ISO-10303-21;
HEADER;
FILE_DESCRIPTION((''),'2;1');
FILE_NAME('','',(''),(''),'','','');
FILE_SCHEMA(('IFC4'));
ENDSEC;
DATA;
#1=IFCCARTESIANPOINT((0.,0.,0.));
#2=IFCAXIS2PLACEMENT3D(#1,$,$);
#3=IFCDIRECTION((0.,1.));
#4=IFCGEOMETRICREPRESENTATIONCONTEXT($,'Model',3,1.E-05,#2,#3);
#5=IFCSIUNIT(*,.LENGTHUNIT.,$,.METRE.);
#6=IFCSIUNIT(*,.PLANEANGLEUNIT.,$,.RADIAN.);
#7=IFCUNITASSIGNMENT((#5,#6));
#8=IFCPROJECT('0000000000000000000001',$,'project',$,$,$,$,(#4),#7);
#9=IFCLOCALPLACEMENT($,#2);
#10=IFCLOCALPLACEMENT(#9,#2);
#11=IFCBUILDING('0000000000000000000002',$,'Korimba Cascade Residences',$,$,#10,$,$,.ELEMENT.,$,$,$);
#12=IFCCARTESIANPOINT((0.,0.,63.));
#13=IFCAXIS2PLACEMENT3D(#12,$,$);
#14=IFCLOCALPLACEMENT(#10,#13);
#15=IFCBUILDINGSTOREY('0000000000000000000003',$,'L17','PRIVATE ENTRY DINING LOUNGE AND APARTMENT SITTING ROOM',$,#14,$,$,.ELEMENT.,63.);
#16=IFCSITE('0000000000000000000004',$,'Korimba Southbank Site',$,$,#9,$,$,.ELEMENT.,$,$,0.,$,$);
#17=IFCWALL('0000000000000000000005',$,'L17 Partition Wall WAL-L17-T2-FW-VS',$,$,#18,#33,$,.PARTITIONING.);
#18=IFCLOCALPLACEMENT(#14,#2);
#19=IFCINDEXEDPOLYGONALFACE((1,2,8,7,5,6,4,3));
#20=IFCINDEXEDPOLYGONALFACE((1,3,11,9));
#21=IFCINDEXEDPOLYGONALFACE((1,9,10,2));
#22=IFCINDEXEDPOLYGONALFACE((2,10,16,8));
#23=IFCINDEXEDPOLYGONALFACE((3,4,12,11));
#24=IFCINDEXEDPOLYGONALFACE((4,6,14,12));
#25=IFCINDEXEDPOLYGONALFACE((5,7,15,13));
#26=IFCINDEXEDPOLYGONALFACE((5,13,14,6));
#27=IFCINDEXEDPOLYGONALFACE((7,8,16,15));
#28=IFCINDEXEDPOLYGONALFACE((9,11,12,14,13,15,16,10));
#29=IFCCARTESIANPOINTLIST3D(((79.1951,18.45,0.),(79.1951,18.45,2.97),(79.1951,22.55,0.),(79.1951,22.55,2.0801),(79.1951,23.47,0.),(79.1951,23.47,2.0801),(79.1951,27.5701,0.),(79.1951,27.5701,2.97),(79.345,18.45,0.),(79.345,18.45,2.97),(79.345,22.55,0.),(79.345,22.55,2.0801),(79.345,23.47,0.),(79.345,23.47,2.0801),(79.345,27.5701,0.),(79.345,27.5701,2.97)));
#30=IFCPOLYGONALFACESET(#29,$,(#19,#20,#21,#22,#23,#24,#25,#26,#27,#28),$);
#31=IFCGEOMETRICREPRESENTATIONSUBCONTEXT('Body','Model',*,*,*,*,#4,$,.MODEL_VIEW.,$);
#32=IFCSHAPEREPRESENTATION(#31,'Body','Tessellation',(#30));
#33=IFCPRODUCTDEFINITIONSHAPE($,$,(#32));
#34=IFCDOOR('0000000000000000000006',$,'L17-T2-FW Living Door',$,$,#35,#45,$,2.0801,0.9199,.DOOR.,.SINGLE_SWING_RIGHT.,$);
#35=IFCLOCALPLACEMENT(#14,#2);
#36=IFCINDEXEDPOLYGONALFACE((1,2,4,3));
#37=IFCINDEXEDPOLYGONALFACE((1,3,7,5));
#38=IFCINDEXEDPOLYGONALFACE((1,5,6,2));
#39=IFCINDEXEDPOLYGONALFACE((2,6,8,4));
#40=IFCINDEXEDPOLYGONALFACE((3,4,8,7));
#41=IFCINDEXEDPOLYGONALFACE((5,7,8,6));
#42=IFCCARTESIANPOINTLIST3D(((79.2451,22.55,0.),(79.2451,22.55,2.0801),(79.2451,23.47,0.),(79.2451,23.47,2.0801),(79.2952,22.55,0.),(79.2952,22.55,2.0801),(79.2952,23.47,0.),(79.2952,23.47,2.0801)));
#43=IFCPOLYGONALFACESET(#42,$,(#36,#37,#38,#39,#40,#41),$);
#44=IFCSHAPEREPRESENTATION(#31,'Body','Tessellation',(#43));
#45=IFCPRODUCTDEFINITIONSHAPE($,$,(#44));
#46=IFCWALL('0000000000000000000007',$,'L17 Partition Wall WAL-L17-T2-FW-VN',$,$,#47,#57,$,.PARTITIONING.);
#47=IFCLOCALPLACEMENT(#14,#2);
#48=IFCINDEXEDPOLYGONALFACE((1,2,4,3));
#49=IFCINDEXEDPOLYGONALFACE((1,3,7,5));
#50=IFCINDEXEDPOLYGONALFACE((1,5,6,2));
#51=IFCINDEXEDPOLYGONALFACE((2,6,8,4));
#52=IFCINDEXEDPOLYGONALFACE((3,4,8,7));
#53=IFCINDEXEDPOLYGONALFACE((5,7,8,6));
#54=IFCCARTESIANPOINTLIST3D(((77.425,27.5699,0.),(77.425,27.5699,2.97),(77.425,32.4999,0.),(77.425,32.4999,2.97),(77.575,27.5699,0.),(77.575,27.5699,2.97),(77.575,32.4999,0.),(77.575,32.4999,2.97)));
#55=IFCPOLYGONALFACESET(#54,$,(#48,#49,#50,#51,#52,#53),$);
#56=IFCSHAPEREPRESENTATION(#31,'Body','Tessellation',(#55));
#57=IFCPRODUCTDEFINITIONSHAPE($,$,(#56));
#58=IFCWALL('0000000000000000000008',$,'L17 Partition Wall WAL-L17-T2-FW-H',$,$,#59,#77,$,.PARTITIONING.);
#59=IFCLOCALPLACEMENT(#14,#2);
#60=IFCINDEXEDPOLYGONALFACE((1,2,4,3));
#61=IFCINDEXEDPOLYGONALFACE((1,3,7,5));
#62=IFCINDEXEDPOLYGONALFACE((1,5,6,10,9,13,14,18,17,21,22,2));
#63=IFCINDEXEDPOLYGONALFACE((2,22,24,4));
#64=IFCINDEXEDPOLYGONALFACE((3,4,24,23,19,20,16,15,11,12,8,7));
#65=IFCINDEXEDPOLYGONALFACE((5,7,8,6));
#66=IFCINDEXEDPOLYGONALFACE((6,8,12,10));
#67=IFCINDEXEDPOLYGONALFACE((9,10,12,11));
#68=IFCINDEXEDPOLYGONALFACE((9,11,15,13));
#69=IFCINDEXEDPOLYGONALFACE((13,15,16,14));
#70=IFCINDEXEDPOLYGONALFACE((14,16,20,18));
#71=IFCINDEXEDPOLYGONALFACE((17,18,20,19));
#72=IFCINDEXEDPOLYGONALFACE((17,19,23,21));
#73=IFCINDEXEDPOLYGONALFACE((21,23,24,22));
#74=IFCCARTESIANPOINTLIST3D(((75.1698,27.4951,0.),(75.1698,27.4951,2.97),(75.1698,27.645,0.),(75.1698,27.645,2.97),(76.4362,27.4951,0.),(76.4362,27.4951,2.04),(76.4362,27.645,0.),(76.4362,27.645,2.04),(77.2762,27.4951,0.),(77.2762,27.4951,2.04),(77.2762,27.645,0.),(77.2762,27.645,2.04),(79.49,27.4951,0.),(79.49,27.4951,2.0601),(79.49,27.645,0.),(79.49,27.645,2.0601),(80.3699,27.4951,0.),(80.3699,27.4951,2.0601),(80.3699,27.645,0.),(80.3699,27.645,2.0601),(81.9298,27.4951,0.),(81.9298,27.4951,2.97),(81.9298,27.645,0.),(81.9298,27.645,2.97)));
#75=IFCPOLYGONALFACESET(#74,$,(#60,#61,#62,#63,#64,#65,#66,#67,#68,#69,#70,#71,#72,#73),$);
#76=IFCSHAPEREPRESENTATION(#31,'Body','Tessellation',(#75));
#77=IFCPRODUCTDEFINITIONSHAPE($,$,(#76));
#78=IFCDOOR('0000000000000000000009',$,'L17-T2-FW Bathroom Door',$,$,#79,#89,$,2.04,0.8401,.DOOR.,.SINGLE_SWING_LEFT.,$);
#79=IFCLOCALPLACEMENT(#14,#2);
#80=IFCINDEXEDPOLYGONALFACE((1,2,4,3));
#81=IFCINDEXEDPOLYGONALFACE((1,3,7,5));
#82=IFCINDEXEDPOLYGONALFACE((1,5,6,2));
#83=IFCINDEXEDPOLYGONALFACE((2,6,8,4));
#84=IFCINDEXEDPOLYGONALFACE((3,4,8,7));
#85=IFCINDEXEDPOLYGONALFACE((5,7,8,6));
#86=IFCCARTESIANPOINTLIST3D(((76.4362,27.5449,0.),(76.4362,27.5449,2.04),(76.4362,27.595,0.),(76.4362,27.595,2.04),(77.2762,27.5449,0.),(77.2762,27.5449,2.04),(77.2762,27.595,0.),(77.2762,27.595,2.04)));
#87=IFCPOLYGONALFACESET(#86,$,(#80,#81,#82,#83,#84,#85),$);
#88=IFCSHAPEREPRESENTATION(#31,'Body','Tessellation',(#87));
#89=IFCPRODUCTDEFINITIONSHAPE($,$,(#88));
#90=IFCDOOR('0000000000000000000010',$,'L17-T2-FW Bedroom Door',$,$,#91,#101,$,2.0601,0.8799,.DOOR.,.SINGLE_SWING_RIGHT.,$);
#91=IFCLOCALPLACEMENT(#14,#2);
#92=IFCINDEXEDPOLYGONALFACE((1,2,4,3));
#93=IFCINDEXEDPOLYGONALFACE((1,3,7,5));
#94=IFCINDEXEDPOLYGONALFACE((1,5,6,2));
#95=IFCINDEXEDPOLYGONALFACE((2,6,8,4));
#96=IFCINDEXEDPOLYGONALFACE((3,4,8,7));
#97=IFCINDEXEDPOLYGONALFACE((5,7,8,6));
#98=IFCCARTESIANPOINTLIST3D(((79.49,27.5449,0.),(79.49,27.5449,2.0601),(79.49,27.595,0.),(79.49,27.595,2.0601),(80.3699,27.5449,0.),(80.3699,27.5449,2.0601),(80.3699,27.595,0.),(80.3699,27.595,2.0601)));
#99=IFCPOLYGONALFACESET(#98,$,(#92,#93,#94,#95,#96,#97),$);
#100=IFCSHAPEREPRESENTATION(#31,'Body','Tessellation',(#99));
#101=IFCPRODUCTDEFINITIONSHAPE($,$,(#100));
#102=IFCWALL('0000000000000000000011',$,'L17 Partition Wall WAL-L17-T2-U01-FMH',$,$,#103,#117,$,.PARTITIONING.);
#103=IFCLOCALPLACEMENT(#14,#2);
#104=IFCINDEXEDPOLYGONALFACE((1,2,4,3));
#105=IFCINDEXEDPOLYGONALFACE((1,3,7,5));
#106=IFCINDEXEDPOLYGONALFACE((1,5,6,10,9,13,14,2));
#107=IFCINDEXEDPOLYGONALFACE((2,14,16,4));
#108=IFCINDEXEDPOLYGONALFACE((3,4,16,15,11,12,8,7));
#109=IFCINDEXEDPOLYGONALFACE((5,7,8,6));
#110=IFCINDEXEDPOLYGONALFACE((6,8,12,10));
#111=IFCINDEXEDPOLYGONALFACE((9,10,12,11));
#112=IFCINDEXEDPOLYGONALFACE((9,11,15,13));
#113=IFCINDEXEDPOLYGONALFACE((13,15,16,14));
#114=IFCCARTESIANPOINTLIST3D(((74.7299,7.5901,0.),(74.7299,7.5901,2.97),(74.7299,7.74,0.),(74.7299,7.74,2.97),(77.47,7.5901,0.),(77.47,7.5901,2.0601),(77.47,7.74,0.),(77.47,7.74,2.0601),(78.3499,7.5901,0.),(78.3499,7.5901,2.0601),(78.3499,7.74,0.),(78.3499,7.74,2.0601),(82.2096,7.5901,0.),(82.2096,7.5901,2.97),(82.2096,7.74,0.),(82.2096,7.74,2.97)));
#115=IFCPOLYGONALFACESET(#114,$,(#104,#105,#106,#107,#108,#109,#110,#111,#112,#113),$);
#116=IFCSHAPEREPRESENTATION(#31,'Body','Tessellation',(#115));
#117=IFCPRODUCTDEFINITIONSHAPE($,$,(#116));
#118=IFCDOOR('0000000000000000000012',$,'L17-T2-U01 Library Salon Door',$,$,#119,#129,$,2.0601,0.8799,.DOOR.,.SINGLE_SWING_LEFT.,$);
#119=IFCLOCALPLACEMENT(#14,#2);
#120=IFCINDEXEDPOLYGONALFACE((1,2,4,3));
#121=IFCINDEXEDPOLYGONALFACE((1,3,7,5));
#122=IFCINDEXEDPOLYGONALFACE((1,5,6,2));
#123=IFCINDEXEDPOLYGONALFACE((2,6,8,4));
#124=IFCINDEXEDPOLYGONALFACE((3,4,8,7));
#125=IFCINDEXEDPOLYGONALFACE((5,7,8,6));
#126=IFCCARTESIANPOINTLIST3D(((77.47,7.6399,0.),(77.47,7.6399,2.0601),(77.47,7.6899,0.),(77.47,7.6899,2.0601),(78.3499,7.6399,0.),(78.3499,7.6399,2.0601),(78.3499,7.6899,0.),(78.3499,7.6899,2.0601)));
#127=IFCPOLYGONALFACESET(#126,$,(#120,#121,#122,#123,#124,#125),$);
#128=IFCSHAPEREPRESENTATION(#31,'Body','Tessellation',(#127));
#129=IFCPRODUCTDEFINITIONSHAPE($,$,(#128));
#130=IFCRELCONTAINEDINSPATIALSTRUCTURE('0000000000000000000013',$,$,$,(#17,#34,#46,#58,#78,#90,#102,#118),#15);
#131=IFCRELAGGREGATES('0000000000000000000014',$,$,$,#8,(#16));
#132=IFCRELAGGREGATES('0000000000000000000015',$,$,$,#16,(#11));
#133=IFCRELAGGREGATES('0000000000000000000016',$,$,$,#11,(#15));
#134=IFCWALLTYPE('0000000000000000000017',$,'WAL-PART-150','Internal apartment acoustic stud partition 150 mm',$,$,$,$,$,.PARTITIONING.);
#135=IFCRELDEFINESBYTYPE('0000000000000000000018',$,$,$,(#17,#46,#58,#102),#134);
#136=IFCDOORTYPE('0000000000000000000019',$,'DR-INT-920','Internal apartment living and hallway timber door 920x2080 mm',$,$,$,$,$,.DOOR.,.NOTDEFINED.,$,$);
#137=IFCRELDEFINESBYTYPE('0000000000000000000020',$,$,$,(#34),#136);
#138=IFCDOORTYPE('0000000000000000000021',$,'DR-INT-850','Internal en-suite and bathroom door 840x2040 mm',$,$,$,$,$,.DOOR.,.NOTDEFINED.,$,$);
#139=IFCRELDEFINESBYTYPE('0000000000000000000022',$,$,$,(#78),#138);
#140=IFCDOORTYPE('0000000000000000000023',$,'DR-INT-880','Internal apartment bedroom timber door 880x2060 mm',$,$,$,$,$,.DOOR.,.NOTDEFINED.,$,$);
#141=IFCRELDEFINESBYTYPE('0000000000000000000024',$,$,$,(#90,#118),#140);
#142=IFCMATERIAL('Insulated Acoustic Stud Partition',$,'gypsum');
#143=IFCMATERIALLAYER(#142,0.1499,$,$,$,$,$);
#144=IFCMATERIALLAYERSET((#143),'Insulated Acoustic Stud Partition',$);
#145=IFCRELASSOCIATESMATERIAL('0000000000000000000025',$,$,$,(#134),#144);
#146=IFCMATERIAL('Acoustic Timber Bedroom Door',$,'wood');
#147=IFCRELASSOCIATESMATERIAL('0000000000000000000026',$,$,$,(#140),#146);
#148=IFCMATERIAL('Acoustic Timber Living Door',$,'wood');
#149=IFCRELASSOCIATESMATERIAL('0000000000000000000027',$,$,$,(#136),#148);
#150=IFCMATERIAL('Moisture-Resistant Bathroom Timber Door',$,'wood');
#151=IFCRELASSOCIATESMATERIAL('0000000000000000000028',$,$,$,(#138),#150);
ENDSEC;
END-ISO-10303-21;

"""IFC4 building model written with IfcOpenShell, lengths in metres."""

from ifc_helpers import new_model, si_unit, direction, frame, frame_2d, origin, place, context, subcontext, project, spatial, rectangle, extrude, material, layer, layer_set, type_object, element, fill, save


model = new_model("IFC4")

# Units and contexts
model_context = context("Model", 3, precision=1e-05, world=origin(), true_north=direction((0.0, 1.0)))
body_context = subcontext(model_context, "Body", "Model", "MODEL_VIEW")
ifc_project = project(units=[si_unit("LENGTHUNIT", "METRE"), si_unit("PLANEANGLEUNIT", "RADIAN")], contexts=[model_context])

# Site, building, storey
site_placement = place(None, origin())
site = spatial("IfcSite", under=ifc_project, at=site_placement, Name="Korimba Southbank Site", CompositionType="ELEMENT", RefElevation=0.0)
building_placement = place(site_placement, origin())
building = spatial("IfcBuilding", under=site, at=building_placement, Name="Korimba Cascade Residences", CompositionType="ELEMENT")
storey_placement = place(building_placement, frame((0.0, 0.0, 63.0)))
storey = spatial("IfcBuildingStorey", under=building, at=storey_placement, Name="L17", Description="PRIVATE ENTRY DINING LOUNGE AND APARTMENT SITTING ROOM", CompositionType="ELEMENT", Elevation=63.0)

# Shared definitions
ifc_material_1 = material(Name="Insulated Acoustic Stud Partition", Category="gypsum")
ifc_layer_1 = layer(ifc_material_1, 0.1499)
ifc_layer_set_1 = layer_set([ifc_layer_1], Name="Insulated Acoustic Stud Partition")
wall_type_1 = type_object("IfcWallType", Name="WAL-PART-150", Description="Internal apartment acoustic stud partition 150 mm", PredefinedType="PARTITIONING", material=ifc_layer_set_1)

# Wall, opening, door
ifc_material_2 = material(Name="Acoustic Timber Bedroom Door", Category="wood")
door_type_1 = type_object("IfcDoorType", Name="DR-INT-880", Description="Internal apartment bedroom timber door 880x2060 mm", OperationType="NOTDEFINED", PredefinedType="DOOR", material=ifc_material_2)
wall_1_placement = place(storey_placement, frame((79.27, 18.45, 0.0), z_axis=(0.0, 0.0, 1.0), x_axis=(0.0, 1.0, 0.0)))
wall_1 = element("IfcWall", 1, at=wall_1_placement, inside=storey, type_object=wall_type_1, Name="L17 Partition Wall WAL-L17-T2-FW-VS", PredefinedType="PARTITIONING", context=body_context, shape_type="SweptSolid", body=[
    extrude(rectangle(XDim=9.1201, YDim=0.1499, at=frame_2d((4.5601, 0.0))), origin(), (0.0, 0.0, 1.0), 2.97),
])
opening_1_placement = place(wall_1_placement, frame((4.1001, 0.0, 0.0)))
opening_1 = element("IfcOpeningElement", 2, at=opening_1_placement, cuts=wall_1, PredefinedType="OPENING", context=body_context, shape_type="SweptSolid", body=[
    extrude(rectangle(XDim=0.9199, YDim=2.0801, at=frame_2d((0.46, 1.04))), frame((0.0, 0.085, 0.0), z_axis=(0.0, -1.0, 0.0), x_axis=(1.0, 0.0, 0.0)), (0.0, 0.0, 1.0), 0.1699),
])
ifc_material_3 = material(Name="Acoustic Timber Living Door", Category="wood")
door_type_2 = type_object("IfcDoorType", Name="DR-INT-920", Description="Internal apartment living and hallway timber door 920x2080 mm", OperationType="NOTDEFINED", PredefinedType="DOOR", material=ifc_material_3)
door_1_placement = place(opening_1_placement, origin())
door_1 = element("IfcDoor", 3, at=door_1_placement, inside=storey, type_object=door_type_2, Name="L17-T2-FW Living Door", OperationType="SINGLE_SWING_RIGHT", OverallHeight=2.0801, OverallWidth=0.9199, PredefinedType="DOOR", context=body_context, shape_type="SweptSolid", body=[
    extrude(rectangle(XDim=0.9199, YDim=2.0801, at=frame_2d((0.46, 1.04))), frame((0.0, 0.0249, 0.0), z_axis=(0.0, -1.0, 0.0), x_axis=(1.0, 0.0, 0.0)), (0.0, 0.0, 1.0), 0.05),
])
fill(opening_1, door_1)

# Wall
wall_2_placement = place(storey_placement, frame((77.5, 27.5701, 0.0), z_axis=(0.0, 0.0, 1.0), x_axis=(0.0, 1.0, 0.0)))
element("IfcWall", 4, at=wall_2_placement, inside=storey, type_object=wall_type_1, Name="L17 Partition Wall WAL-L17-T2-FW-VN", PredefinedType="PARTITIONING", context=body_context, shape_type="SweptSolid", body=[
    extrude(rectangle(XDim=4.9299, YDim=0.1499, at=frame_2d((2.4648, 0.0))), origin(), (0.0, 0.0, 1.0), 2.97),
])

# Wall, openings, doors
wall_3_placement = place(storey_placement, frame((75.1699, 27.5701, 0.0), z_axis=(0.0, 0.0, 1.0), x_axis=(1.0, 0.0, 0.0)))
wall_3 = element("IfcWall", 5, at=wall_3_placement, inside=storey, type_object=wall_type_1, Name="L17 Partition Wall WAL-L17-T2-FW-H", PredefinedType="PARTITIONING", context=body_context, shape_type="SweptSolid", body=[
    extrude(rectangle(XDim=6.76, YDim=0.1499, at=frame_2d((3.3799, 0.0))), origin(), (0.0, 0.0, 1.0), 2.97),
])
opening_2_placement = place(wall_3_placement, frame((1.2664, 0.0, 0.0)))
opening_2 = element("IfcOpeningElement", 6, at=opening_2_placement, cuts=wall_3, PredefinedType="OPENING", context=body_context, shape_type="SweptSolid", body=[
    extrude(rectangle(XDim=0.8401, YDim=2.04, at=frame_2d((0.4199, 1.02))), frame((0.0, 0.085, 0.0), z_axis=(0.0, -1.0, 0.0), x_axis=(1.0, 0.0, 0.0)), (0.0, 0.0, 1.0), 0.1699),
])
opening_3_placement = place(wall_3_placement, frame((4.3201, 0.0, 0.0)))
opening_3 = element("IfcOpeningElement", 7, at=opening_3_placement, cuts=wall_3, PredefinedType="OPENING", context=body_context, shape_type="SweptSolid", body=[
    extrude(rectangle(XDim=0.8799, YDim=2.0601, at=frame_2d((0.4399, 1.03))), frame((0.0, 0.085, 0.0), z_axis=(0.0, -1.0, 0.0), x_axis=(1.0, 0.0, 0.0)), (0.0, 0.0, 1.0), 0.1699),
])
ifc_material_4 = material(Name="Moisture-Resistant Bathroom Timber Door", Category="wood")
door_type_3 = type_object("IfcDoorType", Name="DR-INT-850", Description="Internal en-suite and bathroom door 840x2040 mm", OperationType="NOTDEFINED", PredefinedType="DOOR", material=ifc_material_4)
door_2_placement = place(opening_2_placement, origin())
door_2 = element("IfcDoor", 8, at=door_2_placement, inside=storey, type_object=door_type_3, Name="L17-T2-FW Bathroom Door", OperationType="SINGLE_SWING_LEFT", OverallHeight=2.04, OverallWidth=0.8401, PredefinedType="DOOR", context=body_context, shape_type="SweptSolid", body=[
    extrude(rectangle(XDim=0.8401, YDim=2.04, at=frame_2d((0.4199, 1.02))), frame((0.0, 0.0249, 0.0), z_axis=(0.0, -1.0, 0.0), x_axis=(1.0, 0.0, 0.0)), (0.0, 0.0, 1.0), 0.05),
])
fill(opening_2, door_2)
door_3_placement = place(opening_3_placement, origin())
door_3 = element("IfcDoor", 9, at=door_3_placement, inside=storey, type_object=door_type_1, Name="L17-T2-FW Bedroom Door", OperationType="SINGLE_SWING_RIGHT", OverallHeight=2.0601, OverallWidth=0.8799, PredefinedType="DOOR", context=body_context, shape_type="SweptSolid", body=[
    extrude(rectangle(XDim=0.8799, YDim=2.0601, at=frame_2d((0.4399, 1.03))), frame((0.0, 0.0249, 0.0), z_axis=(0.0, -1.0, 0.0), x_axis=(1.0, 0.0, 0.0)), (0.0, 0.0, 1.0), 0.05),
])
fill(opening_3, door_3)

# Wall, opening, door
wall_4_placement = place(storey_placement, frame((74.73, 7.665, 0.0), z_axis=(0.0, 0.0, 1.0), x_axis=(1.0, 0.0, 0.0)))
wall_4 = element("IfcWall", 10, at=wall_4_placement, inside=storey, type_object=wall_type_1, Name="L17 Partition Wall WAL-L17-T2-U01-FMH", PredefinedType="PARTITIONING", context=body_context, shape_type="SweptSolid", body=[
    extrude(rectangle(XDim=7.4797, YDim=0.1499, at=frame_2d((3.7397, 0.0))), origin(), (0.0, 0.0, 1.0), 2.97),
])
opening_4_placement = place(wall_4_placement, frame((2.74, 0.0, 0.0)))
opening_4 = element("IfcOpeningElement", 11, at=opening_4_placement, cuts=wall_4, PredefinedType="OPENING", context=body_context, shape_type="SweptSolid", body=[
    extrude(rectangle(XDim=0.8799, YDim=2.0601, at=frame_2d((0.4399, 1.03))), frame((0.0, 0.085, 0.0), z_axis=(0.0, -1.0, 0.0), x_axis=(1.0, 0.0, 0.0)), (0.0, 0.0, 1.0), 0.1699),
])
door_4_placement = place(opening_4_placement, origin())
door_4 = element("IfcDoor", 12, at=door_4_placement, inside=storey, type_object=door_type_1, Name="L17-T2-U01 Library Salon Door", OperationType="SINGLE_SWING_LEFT", OverallHeight=2.0601, OverallWidth=0.8799, PredefinedType="DOOR", context=body_context, shape_type="SweptSolid", body=[
    extrude(rectangle(XDim=0.8799, YDim=2.0601, at=frame_2d((0.4399, 1.03))), frame((0.0, 0.0249, 0.0), z_axis=(0.0, -1.0, 0.0), x_axis=(1.0, 0.0, 0.0)), (0.0, 0.0, 1.0), 0.05),
])
fill(opening_4, door_4)

save(model, "model.ifc")
